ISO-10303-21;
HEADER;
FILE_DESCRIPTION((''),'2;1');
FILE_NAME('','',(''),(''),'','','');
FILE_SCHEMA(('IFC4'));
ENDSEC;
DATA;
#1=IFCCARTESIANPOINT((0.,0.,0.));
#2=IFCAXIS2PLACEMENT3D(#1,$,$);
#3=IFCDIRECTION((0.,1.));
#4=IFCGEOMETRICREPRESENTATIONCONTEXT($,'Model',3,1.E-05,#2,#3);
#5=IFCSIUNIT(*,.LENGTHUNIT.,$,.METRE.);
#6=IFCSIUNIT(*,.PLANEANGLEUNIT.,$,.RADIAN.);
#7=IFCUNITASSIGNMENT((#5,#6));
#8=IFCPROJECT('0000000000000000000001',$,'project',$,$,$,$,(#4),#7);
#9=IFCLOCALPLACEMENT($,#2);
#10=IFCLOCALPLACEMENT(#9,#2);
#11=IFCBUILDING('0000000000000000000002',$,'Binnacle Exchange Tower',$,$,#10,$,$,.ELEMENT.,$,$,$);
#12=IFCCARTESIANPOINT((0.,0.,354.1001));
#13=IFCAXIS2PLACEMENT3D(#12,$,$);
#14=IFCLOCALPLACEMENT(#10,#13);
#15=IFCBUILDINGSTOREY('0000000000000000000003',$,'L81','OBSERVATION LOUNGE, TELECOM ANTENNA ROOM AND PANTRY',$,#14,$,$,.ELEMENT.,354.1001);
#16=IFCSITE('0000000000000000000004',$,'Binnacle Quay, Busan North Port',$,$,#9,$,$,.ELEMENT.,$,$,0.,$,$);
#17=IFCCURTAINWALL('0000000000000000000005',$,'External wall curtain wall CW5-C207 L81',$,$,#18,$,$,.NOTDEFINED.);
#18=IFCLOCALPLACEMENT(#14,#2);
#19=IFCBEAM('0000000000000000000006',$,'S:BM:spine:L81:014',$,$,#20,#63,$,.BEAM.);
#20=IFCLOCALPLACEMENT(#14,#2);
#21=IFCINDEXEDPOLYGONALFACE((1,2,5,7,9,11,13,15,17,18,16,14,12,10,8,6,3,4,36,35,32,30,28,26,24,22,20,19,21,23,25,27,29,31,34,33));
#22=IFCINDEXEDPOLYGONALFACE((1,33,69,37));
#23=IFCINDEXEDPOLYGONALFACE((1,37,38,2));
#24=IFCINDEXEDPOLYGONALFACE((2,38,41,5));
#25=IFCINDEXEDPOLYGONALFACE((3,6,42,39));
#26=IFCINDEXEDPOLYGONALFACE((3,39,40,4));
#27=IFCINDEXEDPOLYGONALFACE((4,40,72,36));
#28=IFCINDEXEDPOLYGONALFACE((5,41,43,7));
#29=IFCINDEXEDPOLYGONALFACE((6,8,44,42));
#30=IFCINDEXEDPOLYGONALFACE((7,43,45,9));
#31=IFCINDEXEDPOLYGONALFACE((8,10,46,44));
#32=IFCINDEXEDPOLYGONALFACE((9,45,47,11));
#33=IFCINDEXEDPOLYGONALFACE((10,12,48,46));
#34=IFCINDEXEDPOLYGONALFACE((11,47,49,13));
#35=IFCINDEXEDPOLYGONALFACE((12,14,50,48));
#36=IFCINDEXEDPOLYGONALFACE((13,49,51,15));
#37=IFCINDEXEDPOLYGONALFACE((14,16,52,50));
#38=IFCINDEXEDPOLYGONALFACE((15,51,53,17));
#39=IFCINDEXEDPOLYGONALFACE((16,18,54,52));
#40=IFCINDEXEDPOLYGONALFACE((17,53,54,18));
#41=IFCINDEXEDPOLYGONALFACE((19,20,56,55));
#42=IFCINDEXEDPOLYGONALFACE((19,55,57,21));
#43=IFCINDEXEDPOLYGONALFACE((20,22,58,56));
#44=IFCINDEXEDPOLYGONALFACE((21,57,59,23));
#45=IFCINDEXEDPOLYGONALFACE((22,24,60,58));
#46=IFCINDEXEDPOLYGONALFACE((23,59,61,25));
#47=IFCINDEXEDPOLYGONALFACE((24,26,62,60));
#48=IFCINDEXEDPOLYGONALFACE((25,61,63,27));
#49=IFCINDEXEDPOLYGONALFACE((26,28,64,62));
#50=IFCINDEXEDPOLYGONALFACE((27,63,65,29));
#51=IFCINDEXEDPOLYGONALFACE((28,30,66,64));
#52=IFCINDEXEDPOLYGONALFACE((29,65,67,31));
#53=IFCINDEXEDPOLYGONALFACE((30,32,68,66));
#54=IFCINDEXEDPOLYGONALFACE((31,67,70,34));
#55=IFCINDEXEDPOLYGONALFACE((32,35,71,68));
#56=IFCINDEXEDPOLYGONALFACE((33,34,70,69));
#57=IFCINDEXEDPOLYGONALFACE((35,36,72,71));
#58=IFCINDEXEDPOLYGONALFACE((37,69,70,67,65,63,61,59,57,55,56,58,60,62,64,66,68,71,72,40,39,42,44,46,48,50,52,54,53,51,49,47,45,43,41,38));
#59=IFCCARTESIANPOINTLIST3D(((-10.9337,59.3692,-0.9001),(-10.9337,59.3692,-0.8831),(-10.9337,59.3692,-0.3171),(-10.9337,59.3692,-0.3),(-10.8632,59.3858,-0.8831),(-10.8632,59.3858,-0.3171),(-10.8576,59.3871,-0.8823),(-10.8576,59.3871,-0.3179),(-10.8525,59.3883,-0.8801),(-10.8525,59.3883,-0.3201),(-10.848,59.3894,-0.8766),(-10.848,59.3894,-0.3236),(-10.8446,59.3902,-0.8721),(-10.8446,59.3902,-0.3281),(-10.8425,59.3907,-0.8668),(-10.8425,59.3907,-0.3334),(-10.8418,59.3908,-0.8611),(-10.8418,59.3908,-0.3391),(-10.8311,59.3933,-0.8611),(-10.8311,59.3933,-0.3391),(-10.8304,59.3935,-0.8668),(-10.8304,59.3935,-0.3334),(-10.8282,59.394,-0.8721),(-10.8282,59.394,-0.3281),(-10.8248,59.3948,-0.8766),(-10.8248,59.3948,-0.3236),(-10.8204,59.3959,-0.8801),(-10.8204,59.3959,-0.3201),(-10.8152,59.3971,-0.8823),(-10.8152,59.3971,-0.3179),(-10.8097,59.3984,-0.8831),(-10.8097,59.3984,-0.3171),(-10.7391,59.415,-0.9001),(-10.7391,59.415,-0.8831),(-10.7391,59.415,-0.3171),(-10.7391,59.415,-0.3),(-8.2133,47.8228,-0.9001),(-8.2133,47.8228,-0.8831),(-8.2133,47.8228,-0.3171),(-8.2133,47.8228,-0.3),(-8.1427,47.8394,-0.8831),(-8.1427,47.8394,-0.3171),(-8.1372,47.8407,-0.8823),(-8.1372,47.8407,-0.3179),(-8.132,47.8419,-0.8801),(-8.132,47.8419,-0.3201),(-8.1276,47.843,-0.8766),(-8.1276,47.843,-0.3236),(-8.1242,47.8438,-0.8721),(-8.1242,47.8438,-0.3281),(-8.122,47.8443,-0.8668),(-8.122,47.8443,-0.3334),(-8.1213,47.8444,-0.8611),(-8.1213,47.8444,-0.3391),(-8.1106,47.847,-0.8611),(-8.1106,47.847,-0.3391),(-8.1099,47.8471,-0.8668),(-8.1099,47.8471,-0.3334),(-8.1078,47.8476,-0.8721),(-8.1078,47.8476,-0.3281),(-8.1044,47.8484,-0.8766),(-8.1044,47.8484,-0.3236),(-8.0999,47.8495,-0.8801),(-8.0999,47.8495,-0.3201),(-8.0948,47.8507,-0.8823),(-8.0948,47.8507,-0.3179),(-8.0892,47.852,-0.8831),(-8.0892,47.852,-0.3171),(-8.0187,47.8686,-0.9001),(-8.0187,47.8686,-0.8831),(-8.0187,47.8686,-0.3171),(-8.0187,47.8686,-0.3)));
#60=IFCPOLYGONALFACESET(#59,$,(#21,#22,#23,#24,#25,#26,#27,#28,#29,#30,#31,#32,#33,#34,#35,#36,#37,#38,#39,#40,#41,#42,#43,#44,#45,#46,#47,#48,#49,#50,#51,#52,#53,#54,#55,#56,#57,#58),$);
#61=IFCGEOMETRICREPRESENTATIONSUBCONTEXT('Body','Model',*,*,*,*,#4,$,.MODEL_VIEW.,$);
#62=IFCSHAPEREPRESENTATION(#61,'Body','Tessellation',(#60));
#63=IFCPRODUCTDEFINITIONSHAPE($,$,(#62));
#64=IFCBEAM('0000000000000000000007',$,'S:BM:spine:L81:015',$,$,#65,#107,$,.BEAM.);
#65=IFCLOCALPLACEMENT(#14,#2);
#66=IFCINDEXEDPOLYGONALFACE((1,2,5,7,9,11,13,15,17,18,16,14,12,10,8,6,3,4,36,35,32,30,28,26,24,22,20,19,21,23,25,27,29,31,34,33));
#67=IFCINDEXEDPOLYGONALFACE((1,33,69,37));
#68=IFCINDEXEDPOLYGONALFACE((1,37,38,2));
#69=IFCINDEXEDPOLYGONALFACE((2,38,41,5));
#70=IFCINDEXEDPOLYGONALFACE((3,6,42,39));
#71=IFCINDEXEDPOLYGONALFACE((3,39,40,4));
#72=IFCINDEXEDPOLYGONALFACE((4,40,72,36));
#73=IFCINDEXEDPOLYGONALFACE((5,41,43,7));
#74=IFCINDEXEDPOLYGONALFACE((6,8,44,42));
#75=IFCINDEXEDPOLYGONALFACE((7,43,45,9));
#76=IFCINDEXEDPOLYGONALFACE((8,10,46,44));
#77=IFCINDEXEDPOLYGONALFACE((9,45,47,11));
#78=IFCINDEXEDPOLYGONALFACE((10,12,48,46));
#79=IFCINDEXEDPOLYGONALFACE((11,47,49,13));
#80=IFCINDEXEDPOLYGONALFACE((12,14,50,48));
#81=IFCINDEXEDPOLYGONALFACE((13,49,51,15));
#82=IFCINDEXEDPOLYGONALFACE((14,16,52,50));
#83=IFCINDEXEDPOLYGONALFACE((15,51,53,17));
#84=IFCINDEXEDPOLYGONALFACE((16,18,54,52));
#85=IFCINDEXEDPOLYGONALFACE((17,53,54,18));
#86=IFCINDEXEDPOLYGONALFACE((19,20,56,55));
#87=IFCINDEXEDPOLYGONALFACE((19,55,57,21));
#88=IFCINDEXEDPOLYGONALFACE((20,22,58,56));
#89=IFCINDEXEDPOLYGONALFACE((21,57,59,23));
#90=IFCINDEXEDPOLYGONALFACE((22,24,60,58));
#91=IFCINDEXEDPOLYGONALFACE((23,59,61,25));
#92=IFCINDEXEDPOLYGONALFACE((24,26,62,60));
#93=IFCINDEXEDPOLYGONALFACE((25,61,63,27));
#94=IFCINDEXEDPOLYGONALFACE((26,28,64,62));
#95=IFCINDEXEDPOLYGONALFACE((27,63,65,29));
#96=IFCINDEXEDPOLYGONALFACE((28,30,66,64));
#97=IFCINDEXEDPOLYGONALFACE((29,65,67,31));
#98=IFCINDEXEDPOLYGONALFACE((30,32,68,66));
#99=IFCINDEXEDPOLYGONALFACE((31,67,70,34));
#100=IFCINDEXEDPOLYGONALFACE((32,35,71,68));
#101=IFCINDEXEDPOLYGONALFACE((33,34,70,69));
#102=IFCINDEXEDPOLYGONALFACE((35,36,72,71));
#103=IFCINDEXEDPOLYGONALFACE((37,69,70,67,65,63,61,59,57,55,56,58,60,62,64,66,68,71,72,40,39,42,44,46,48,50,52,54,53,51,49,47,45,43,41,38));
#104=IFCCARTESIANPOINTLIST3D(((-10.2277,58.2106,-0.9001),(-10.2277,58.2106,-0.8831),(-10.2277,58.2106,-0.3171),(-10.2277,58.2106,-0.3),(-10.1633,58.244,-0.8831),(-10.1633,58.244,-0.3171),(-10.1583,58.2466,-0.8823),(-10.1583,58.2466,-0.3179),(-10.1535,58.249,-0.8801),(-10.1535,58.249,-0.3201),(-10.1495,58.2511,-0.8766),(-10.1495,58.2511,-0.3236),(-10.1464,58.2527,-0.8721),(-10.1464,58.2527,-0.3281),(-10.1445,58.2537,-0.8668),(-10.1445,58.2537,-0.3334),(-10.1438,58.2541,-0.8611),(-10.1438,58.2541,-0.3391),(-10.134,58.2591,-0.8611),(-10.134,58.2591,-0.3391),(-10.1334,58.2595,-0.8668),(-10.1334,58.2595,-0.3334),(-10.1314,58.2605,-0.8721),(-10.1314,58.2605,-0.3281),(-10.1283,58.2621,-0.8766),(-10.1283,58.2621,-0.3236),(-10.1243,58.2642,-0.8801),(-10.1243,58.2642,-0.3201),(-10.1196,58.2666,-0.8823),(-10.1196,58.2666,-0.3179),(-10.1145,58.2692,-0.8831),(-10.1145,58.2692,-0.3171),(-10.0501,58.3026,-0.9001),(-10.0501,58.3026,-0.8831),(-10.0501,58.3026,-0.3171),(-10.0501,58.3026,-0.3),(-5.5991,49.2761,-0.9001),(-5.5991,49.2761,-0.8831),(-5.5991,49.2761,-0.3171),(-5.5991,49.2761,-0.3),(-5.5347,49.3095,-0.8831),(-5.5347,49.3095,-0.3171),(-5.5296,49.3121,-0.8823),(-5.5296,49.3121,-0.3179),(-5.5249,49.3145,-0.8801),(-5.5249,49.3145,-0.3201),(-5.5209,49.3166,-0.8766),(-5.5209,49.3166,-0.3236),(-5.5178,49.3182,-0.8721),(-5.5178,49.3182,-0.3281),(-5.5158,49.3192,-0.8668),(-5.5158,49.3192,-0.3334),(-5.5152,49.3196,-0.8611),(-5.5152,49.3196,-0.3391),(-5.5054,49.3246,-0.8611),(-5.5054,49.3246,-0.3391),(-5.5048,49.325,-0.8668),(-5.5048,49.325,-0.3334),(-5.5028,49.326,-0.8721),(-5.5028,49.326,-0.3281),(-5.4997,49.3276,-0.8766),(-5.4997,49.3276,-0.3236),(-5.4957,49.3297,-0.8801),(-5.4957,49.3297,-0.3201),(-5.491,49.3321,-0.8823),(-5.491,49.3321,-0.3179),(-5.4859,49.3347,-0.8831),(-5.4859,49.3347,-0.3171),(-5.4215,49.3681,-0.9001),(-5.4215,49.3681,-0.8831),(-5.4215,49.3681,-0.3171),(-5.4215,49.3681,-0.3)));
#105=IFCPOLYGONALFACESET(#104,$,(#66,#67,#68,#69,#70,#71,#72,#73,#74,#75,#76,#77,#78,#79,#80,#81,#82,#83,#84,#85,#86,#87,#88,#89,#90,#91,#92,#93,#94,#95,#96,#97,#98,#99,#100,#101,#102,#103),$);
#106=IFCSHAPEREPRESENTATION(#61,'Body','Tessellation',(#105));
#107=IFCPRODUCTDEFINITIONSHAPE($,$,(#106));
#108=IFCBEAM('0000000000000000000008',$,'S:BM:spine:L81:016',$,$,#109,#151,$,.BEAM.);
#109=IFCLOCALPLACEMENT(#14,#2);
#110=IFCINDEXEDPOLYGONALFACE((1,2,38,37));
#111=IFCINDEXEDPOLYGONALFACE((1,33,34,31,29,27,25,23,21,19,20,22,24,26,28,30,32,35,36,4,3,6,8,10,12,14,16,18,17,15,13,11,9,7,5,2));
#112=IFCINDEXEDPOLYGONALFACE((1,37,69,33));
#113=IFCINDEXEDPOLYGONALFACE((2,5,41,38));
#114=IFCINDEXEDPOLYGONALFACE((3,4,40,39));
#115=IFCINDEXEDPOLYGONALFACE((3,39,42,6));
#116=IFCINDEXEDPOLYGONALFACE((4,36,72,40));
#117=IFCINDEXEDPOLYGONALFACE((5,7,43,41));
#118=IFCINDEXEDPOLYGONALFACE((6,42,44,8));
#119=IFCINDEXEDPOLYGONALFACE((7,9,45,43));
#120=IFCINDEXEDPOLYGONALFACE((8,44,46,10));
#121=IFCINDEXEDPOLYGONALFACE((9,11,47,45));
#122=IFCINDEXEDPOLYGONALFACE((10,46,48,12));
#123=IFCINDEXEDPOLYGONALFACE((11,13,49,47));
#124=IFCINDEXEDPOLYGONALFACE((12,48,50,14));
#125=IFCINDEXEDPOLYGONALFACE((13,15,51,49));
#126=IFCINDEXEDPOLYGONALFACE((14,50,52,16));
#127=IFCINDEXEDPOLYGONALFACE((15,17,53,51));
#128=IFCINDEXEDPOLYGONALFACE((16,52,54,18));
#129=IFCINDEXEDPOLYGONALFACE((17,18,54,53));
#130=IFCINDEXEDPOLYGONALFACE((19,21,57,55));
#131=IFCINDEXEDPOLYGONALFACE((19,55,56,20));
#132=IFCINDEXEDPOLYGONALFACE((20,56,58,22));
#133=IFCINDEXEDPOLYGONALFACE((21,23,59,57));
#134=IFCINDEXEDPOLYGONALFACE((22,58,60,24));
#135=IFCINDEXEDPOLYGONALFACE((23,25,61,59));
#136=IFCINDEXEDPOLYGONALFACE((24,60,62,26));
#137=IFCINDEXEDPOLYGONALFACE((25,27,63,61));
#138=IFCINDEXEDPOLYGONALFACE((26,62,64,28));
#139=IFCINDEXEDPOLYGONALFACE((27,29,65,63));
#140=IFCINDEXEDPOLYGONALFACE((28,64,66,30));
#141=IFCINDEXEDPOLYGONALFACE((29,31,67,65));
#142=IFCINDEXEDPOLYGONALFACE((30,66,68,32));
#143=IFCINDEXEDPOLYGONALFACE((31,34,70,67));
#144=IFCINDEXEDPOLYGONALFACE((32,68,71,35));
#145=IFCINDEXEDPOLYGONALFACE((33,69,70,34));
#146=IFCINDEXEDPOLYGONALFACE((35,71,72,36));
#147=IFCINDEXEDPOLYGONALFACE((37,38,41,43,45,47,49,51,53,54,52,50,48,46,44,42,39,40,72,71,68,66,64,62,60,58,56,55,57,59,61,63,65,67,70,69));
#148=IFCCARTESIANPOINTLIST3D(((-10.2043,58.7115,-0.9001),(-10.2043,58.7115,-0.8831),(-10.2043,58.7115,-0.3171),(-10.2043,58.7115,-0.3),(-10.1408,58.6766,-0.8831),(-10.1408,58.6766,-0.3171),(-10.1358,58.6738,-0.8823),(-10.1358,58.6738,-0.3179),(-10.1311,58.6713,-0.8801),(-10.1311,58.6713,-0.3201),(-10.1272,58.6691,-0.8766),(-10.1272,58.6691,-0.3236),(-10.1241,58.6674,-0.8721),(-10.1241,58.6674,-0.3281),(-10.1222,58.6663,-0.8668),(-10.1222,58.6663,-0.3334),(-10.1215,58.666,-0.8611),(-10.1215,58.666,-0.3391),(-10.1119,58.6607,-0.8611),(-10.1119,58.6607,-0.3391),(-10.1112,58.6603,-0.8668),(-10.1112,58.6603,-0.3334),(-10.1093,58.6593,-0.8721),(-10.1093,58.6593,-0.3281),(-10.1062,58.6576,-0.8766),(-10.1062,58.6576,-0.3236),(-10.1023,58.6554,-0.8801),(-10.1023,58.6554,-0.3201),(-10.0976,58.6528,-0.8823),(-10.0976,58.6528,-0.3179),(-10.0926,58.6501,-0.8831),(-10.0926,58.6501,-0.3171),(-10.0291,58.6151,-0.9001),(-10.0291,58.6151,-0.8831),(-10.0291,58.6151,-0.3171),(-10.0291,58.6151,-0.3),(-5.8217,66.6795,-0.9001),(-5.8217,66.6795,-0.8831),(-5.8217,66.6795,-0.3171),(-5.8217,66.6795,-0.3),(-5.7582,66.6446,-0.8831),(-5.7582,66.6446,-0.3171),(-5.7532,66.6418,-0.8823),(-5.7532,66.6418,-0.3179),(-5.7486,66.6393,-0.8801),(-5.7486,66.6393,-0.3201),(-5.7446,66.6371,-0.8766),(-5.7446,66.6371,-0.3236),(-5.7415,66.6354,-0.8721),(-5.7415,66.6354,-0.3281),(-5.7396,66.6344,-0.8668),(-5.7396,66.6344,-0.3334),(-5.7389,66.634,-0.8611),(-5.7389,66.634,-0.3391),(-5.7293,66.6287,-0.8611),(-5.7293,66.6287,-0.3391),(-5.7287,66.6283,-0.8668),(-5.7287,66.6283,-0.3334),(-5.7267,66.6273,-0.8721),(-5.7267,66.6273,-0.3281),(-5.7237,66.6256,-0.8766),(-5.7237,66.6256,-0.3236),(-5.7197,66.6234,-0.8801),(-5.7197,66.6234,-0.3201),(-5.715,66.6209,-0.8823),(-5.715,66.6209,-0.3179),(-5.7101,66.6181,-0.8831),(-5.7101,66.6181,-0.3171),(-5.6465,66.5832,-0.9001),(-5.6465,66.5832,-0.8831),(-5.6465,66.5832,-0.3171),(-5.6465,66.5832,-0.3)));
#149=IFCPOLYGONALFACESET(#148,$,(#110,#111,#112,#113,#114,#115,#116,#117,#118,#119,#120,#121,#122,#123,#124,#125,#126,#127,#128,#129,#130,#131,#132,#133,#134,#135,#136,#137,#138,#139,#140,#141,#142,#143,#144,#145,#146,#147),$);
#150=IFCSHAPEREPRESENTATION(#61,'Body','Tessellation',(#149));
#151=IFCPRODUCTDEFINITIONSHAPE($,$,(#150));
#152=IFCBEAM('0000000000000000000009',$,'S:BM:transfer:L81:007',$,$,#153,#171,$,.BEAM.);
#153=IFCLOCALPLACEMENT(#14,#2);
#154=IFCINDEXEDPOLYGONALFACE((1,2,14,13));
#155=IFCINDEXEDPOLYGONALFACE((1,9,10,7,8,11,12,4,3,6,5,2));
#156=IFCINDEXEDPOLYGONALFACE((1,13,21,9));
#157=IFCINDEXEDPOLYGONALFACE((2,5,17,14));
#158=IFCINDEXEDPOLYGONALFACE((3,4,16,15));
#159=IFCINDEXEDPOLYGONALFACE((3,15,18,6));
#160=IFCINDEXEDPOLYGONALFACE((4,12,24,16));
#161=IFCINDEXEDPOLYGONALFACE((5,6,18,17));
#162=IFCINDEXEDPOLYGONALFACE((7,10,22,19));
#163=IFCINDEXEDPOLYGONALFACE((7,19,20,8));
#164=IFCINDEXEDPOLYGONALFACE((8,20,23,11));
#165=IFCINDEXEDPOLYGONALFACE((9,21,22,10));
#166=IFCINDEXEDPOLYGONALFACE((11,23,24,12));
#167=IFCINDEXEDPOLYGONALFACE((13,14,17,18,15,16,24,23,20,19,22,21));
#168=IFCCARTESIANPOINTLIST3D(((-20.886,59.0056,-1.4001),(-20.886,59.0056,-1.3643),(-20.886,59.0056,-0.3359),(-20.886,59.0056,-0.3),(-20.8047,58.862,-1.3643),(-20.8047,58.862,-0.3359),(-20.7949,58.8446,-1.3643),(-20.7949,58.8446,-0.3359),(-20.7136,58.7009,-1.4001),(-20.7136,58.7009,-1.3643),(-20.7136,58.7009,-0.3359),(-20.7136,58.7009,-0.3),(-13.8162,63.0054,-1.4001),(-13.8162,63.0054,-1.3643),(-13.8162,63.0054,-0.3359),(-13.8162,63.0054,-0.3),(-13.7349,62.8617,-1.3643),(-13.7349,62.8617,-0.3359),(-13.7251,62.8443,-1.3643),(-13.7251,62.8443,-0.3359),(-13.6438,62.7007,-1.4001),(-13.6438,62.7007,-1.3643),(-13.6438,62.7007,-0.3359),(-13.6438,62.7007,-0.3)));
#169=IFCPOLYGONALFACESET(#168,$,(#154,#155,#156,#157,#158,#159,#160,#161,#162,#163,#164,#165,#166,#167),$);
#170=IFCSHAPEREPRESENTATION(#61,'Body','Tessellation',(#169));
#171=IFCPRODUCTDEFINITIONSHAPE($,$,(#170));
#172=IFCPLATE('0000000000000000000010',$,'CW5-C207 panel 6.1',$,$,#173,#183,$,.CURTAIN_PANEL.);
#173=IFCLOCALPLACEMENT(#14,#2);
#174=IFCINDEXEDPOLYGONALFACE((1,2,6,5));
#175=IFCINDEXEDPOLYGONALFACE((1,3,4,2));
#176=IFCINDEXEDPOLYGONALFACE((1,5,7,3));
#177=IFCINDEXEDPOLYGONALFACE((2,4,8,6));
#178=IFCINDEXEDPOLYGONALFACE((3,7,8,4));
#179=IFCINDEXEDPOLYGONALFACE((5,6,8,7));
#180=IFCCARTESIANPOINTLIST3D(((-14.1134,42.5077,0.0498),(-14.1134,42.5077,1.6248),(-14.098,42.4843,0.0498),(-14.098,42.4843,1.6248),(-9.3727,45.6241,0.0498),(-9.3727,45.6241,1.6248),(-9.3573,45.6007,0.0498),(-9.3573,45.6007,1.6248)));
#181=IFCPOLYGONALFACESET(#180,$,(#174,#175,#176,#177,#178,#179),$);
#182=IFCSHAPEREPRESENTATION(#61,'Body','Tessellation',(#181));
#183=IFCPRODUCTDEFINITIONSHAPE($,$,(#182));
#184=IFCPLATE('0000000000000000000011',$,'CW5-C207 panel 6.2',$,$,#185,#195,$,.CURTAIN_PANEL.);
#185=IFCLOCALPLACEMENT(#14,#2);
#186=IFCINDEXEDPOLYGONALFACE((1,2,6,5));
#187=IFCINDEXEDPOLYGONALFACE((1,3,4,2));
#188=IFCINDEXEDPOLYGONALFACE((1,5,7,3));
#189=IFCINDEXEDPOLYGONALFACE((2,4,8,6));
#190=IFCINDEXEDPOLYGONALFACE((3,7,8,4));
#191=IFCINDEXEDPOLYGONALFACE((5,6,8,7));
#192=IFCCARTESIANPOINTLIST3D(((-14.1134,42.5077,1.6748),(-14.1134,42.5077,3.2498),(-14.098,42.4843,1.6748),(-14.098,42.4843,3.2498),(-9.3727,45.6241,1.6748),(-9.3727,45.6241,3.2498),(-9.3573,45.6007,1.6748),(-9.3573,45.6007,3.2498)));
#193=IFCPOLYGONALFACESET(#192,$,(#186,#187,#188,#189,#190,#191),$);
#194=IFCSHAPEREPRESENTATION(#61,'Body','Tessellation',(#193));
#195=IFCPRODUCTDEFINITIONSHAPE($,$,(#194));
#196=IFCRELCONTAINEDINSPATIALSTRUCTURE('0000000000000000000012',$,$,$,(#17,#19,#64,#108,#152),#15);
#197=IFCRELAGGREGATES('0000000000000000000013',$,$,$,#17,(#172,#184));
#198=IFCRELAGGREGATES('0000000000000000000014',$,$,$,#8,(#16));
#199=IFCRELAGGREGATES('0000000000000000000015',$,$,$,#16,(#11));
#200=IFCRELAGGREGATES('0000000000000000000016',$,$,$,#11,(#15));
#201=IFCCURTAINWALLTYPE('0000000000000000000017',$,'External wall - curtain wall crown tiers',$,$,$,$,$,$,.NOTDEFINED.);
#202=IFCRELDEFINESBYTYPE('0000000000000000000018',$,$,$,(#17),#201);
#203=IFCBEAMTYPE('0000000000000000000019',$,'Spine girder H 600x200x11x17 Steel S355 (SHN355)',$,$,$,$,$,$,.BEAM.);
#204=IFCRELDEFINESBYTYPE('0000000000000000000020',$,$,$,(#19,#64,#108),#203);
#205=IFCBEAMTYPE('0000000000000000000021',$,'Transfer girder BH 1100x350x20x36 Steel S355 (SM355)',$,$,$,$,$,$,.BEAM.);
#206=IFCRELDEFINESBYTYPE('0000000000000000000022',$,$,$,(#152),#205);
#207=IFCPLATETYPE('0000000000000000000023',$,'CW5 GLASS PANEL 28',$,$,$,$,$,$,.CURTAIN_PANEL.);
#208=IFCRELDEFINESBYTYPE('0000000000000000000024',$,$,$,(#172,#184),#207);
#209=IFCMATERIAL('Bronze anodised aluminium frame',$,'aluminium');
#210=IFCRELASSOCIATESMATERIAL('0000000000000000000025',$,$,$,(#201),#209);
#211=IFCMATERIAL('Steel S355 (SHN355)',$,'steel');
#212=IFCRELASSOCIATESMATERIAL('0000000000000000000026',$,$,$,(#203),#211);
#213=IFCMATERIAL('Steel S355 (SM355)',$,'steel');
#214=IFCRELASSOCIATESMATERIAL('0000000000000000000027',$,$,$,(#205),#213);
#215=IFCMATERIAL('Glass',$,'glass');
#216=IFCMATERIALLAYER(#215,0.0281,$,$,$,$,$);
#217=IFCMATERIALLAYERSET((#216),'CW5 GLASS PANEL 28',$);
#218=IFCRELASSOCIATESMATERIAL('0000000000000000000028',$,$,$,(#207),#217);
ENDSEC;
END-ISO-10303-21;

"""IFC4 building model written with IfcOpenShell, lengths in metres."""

from ifc_helpers import new_model, si_unit, direction, frame, origin, origin_2d, place, context, subcontext, project, spatial, rectangle, i_section, extrude, material, layer, layer_set, material_profile, profile_set, type_object, element, aggregate, save


model = new_model("IFC4")

# Units and contexts
model_context = context("Model", 3, precision=1e-05, world=origin(), true_north=direction((0.0, 1.0)))
body_context = subcontext(model_context, "Body", "Model", "MODEL_VIEW")
ifc_project = project(units=[si_unit("LENGTHUNIT", "METRE"), si_unit("PLANEANGLEUNIT", "RADIAN")], contexts=[model_context])

# Site, building, storey
site_placement = place(None, origin())
site = spatial("IfcSite", under=ifc_project, at=site_placement, Name="Binnacle Quay, Busan North Port", CompositionType="ELEMENT", RefElevation=0.0)
building_placement = place(site_placement, origin())
building = spatial("IfcBuilding", under=site, at=building_placement, Name="Binnacle Exchange Tower", CompositionType="ELEMENT")
storey_placement = place(building_placement, frame((0.0, 0.0, 354.1001)))
storey = spatial("IfcBuildingStorey", under=building, at=storey_placement, Name="L81", Description="OBSERVATION LOUNGE, TELECOM ANTENNA ROOM AND PANTRY", CompositionType="ELEMENT", Elevation=354.1001)

# Shared definitions
ifc_material_1 = material(Name="Steel S355 (SHN355)", Category="steel")

# Curtain wall
ifc_material_2 = material(Name="Bronze anodised aluminium frame", Category="aluminium")
curtain_wall_type = type_object("IfcCurtainWallType", Name="External wall - curtain wall crown tiers", PredefinedType="NOTDEFINED", material=ifc_material_2)
curtain_wall_placement = place(storey_placement, origin())
curtain_wall = element("IfcCurtainWall", 1, at=curtain_wall_placement, inside=storey, type_object=curtain_wall_type, Name="External wall curtain wall CW5-C207 L81", PredefinedType="NOTDEFINED")

# Beams
ifc_material_profile_1 = material_profile(ifc_material_1, i_section(OverallWidth=0.2, OverallDepth=0.6001, WebThickness=0.011, FlangeThickness=0.0171, FilletRadius=0.022, at=origin_2d()), Name="H 600x200x11x17")
ifc_profile_set_1 = profile_set([ifc_material_profile_1], Name="Steel S355 (SHN355)")
beam_type_1 = type_object("IfcBeamType", Name="Spine girder H 600x200x11x17 Steel S355 (SHN355)", PredefinedType="BEAM", material=ifc_profile_set_1)
beam_1_placement = place(storey_placement, frame((-10.8364, 59.3921, -0.6001), z_axis=(0.229332, -0.973348, 0.0), x_axis=(0.973348, 0.229332, 0.0)))
element("IfcBeam", 2, at=beam_1_placement, inside=storey, type_object=beam_type_1, Name="S:BM:spine:L81:014", PredefinedType="BEAM", context=body_context, shape_type="SweptSolid", body=[
    extrude(i_section(OverallWidth=0.2, OverallDepth=0.6001, WebThickness=0.011, FlangeThickness=0.0171, FilletRadius=0.022, at=origin_2d()), origin(), (0.0, 0.0, 1.0), 11.8625),
])
beam_2_placement = place(storey_placement, frame((-10.1389, 58.2566, -0.6001), z_axis=(0.459998, -0.88792, 0.0), x_axis=(0.88792, 0.459998, 0.0)))
element("IfcBeam", 3, at=beam_2_placement, inside=storey, type_object=beam_type_1, Name="S:BM:spine:L81:015", PredefinedType="BEAM", context=body_context, shape_type="SweptSolid", body=[
    extrude(i_section(OverallWidth=0.2, OverallDepth=0.6001, WebThickness=0.011, FlangeThickness=0.0171, FilletRadius=0.022, at=origin_2d()), origin(), (0.0, 0.0, 1.0), 10.0623),
])
beam_3_placement = place(storey_placement, frame((-10.1167, 58.6633, -0.6001), z_axis=(0.481932, 0.876209, 0.0), x_axis=(-0.876209, 0.481932, 0.0)))
element("IfcBeam", 4, at=beam_3_placement, inside=storey, type_object=beam_type_1, Name="S:BM:spine:L81:016", PredefinedType="BEAM", context=body_context, shape_type="SweptSolid", body=[
    extrude(i_section(OverallWidth=0.2, OverallDepth=0.6001, WebThickness=0.011, FlangeThickness=0.0171, FilletRadius=0.022, at=origin_2d()), origin(), (0.0, 0.0, 1.0), 9.0938),
])
ifc_material_3 = material(Name="Steel S355 (SM355)", Category="steel")
ifc_material_profile_2 = material_profile(ifc_material_3, i_section(OverallWidth=0.3501, OverallDepth=1.1001, WebThickness=0.02, FlangeThickness=0.0359, at=origin_2d()), Name="BH 1100x350x20x36")
ifc_profile_set_2 = profile_set([ifc_material_profile_2], Name="Steel S355 (SM355)")
beam_type_2 = type_object("IfcBeamType", Name="Transfer girder BH 1100x350x20x36 Steel S355 (SM355)", PredefinedType="BEAM", material=ifc_profile_set_2)
beam_4_placement = place(storey_placement, frame((-20.7998, 58.8533, -0.8501), z_axis=(0.870364, 0.492409, 0.0), x_axis=(-0.492409, 0.870364, 0.0)))
element("IfcBeam", 5, at=beam_4_placement, inside=storey, type_object=beam_type_2, Name="S:BM:transfer:L81:007", PredefinedType="BEAM", context=body_context, shape_type="SweptSolid", body=[
    extrude(i_section(OverallWidth=0.3501, OverallDepth=1.1001, WebThickness=0.02, FlangeThickness=0.0359, at=origin_2d()), origin(), (0.0, 0.0, 1.0), 8.1228),
])

# Plates
ifc_material_4 = material(Name="Glass", Category="glass")
ifc_layer_1 = layer(ifc_material_4, 0.0281)
ifc_layer_set_1 = layer_set([ifc_layer_1], Name="CW5 GLASS PANEL 28")
plate_type = type_object("IfcPlateType", Name="CW5 GLASS PANEL 28", PredefinedType="CURTAIN_PANEL", material=ifc_layer_set_1)
plate_1_placement = place(storey_placement, frame((-11.7354, 44.0542, 0.0498), z_axis=(0.0, 0.0, 1.0), x_axis=(0.835618, 0.54931, 0.0)))
plate_1 = element("IfcPlate", 6, at=plate_1_placement, type_object=plate_type, Name="CW5-C207 panel 6.1", PredefinedType="CURTAIN_PANEL", context=body_context, shape_type="SweptSolid", body=[
    extrude(rectangle(XDim=5.6733, YDim=0.0281, at=origin_2d()), origin(), (0.0, 0.0, 1.0), 1.575),
])
plate_2_placement = place(storey_placement, frame((-11.7354, 44.0542, 1.6748), z_axis=(0.0, 0.0, 1.0), x_axis=(0.835618, 0.54931, 0.0)))
plate_2 = element("IfcPlate", 7, at=plate_2_placement, type_object=plate_type, Name="CW5-C207 panel 6.2", PredefinedType="CURTAIN_PANEL", context=body_context, shape_type="SweptSolid", body=[
    extrude(rectangle(XDim=5.6733, YDim=0.0281, at=origin_2d()), origin(), (0.0, 0.0, 1.0), 1.575),
])
aggregate(curtain_wall, [plate_1, plate_2])

save(model, "model.ifc")
